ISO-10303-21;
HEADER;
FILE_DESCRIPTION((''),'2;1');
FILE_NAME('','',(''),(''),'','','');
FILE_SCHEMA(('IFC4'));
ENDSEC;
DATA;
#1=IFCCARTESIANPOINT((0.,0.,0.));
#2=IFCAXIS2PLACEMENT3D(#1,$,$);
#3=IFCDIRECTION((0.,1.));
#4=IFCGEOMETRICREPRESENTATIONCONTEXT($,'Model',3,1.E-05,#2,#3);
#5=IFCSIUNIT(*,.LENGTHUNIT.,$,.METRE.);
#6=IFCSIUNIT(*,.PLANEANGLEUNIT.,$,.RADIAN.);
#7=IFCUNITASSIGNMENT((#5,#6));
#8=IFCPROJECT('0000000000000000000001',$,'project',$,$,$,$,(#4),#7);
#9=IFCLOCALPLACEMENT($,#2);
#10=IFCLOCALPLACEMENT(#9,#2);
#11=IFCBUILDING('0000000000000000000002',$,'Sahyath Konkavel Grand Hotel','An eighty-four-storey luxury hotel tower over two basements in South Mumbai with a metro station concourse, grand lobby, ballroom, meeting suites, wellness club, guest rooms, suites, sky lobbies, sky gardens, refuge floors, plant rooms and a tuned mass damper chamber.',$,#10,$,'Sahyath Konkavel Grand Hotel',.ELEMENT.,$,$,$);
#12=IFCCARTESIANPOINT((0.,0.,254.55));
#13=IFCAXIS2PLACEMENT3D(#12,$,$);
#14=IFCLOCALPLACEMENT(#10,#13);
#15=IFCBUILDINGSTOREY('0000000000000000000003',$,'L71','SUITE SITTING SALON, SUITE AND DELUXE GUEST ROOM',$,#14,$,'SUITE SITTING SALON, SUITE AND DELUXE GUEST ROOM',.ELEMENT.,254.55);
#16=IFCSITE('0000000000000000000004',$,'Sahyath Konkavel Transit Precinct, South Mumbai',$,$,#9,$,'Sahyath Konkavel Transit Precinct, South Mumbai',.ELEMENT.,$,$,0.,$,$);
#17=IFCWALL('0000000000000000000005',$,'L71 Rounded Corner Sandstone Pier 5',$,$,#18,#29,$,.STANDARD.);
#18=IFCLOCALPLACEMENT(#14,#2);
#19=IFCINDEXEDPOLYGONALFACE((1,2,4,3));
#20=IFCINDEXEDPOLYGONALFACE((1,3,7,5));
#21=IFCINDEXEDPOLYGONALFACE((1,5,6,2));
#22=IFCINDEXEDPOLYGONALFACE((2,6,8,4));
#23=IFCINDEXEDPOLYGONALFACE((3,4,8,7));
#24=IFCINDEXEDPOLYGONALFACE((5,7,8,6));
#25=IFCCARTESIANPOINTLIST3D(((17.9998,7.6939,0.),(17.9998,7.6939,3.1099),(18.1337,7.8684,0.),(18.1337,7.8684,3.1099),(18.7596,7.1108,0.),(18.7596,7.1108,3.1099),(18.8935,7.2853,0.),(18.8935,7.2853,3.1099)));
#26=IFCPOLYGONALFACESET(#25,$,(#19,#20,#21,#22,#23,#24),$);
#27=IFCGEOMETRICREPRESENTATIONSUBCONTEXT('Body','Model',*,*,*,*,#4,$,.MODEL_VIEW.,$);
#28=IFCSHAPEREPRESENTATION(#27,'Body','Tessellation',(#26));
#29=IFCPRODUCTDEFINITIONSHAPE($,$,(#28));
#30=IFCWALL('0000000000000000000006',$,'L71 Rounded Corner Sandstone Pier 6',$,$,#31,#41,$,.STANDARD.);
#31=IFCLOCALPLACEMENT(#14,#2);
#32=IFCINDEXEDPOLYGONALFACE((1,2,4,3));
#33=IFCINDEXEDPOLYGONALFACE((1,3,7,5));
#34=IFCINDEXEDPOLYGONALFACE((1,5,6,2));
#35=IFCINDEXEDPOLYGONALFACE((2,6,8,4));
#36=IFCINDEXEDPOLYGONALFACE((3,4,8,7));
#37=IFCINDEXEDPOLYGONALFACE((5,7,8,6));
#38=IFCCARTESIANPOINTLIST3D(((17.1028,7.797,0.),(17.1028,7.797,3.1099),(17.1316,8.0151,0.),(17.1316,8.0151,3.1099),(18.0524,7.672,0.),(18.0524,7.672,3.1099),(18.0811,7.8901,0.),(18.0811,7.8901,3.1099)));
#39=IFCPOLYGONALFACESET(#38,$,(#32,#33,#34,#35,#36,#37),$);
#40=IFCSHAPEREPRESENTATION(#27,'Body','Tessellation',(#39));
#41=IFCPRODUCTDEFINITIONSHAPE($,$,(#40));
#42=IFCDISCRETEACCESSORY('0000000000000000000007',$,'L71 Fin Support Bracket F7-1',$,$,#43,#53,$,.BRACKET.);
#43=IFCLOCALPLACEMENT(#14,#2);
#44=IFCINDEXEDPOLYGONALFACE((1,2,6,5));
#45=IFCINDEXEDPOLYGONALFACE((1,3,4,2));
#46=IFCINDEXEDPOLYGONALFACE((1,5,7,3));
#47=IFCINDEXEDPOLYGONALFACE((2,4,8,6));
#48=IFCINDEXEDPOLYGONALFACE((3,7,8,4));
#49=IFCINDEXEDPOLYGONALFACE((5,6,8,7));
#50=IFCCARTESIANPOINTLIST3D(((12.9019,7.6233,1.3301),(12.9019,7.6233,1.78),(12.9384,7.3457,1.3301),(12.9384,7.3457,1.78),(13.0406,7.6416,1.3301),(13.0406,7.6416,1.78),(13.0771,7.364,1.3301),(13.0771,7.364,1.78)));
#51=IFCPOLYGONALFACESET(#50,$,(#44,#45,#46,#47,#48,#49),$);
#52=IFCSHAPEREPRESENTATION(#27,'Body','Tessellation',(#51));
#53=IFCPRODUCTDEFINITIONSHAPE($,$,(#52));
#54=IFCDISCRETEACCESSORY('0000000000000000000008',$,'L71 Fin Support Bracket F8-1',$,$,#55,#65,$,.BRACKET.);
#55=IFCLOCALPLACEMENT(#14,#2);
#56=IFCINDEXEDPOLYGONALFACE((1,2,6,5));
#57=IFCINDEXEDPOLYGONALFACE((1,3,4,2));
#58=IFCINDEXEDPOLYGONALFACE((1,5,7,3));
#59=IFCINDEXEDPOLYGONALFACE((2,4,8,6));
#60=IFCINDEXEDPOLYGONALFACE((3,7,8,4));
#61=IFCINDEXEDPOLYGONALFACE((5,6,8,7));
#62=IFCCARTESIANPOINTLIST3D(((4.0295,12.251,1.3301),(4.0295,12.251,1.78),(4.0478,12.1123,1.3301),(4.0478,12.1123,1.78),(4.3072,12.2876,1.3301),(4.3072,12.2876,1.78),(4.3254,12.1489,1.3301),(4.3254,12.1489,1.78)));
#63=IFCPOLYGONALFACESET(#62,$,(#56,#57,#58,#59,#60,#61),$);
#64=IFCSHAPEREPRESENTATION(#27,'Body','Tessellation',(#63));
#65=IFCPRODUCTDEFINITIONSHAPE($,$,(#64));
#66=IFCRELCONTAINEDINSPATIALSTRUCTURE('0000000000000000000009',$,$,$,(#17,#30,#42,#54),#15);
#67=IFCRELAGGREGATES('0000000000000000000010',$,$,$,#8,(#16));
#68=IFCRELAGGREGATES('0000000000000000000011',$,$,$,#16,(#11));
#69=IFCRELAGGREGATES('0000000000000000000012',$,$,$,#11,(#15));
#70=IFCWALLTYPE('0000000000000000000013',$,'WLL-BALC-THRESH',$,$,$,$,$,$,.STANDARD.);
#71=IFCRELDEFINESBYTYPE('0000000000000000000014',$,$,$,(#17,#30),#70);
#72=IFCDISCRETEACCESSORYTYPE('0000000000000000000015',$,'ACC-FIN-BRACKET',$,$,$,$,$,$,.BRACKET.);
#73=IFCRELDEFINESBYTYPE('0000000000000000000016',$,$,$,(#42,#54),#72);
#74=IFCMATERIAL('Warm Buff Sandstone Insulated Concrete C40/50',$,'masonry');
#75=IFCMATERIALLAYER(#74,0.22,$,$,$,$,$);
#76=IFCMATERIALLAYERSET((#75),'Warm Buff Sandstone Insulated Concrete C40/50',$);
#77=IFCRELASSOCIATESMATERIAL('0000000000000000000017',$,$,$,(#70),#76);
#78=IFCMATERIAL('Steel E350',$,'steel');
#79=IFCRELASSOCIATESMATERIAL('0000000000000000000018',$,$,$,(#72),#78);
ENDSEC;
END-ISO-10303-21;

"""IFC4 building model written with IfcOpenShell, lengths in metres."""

from ifc_helpers import new_model, si_unit, direction, frame, frame_2d, origin, origin_2d, place, context, subcontext, project, spatial, rectangle, extrude, source, transform, mapped, material, layer, layer_set, type_object, element, save


model = new_model("IFC4")

# Units and contexts
model_context = context("Model", 3, precision=1e-05, world=origin(), true_north=direction((0.0, 1.0)))
body_context = subcontext(model_context, "Body", "Model", "MODEL_VIEW")
ifc_project = project(units=[si_unit("LENGTHUNIT", "METRE"), si_unit("PLANEANGLEUNIT", "RADIAN")], contexts=[model_context])

# Site, building, storey
site_placement = place(None, origin())
site = spatial("IfcSite", under=ifc_project, at=site_placement, Name="Sahyath Konkavel Transit Precinct, South Mumbai", LongName="Sahyath Konkavel Transit Precinct, South Mumbai", CompositionType="ELEMENT", RefElevation=0.0)
building_placement = place(site_placement, origin())
building = spatial("IfcBuilding", under=site, at=building_placement, Name="Sahyath Konkavel Grand Hotel", Description="An eighty-four-storey luxury hotel tower over two basements in South Mumbai with a metro station concourse, grand lobby, ballroom, meeting suites, wellness club, guest rooms, suites, sky lobbies, sky gardens, refuge floors, plant rooms and a tuned mass damper chamber.", LongName="Sahyath Konkavel Grand Hotel", CompositionType="ELEMENT")
storey_placement = place(building_placement, frame((0.0, 0.0, 254.55)))
storey = spatial("IfcBuildingStorey", under=building, at=storey_placement, Name="L71", Description="SUITE SITTING SALON, SUITE AND DELUXE GUEST ROOM", LongName="SUITE SITTING SALON, SUITE AND DELUXE GUEST ROOM", CompositionType="ELEMENT", Elevation=254.55)

# Shared definitions
ifc_material_1 = material(Name="Steel E350", Category="steel")

# Walls
ifc_material_2 = material(Name="Warm Buff Sandstone Insulated Concrete C40/50", Category="masonry")
ifc_layer_1 = layer(ifc_material_2, 0.22)
ifc_layer_set_1 = layer_set([ifc_layer_1], Name="Warm Buff Sandstone Insulated Concrete C40/50")
wall_type = type_object("IfcWallType", Name="WLL-BALC-THRESH", PredefinedType="STANDARD", material=ifc_layer_set_1)
for number, where, z_axis, x_axis, name in (
    (1, (18.8267, 7.198, 0.0), (0.0, 0.0, 1.0), (-0.793344, 0.608774, 0.0), "L71 Rounded Corner Sandstone Pier 5"),
    (2, (18.0669, 7.781, 0.0), (0.0, 0.0, 1.0), (-0.991445, 0.130527, 0.0), "L71 Rounded Corner Sandstone Pier 6"),
):
    element("IfcWall", number, at=place(storey_placement, frame(where, z_axis=z_axis, x_axis=x_axis)), inside=storey, type_object=wall_type, Name=name, PredefinedType="STANDARD", context=body_context, shape_type="SweptSolid", body=[
        extrude(rectangle(XDim=0.9578, YDim=0.22, at=frame_2d((0.479, 0.0))), origin(), (0.0, 0.0, 1.0), 3.1099),
    ])

# Discrete accessories
discrete_accessory_type = type_object("IfcDiscreteAccessoryType", Name="ACC-FIN-BRACKET", PredefinedType="BRACKET", material=ifc_material_1)
shared_shape_1 = source(origin(), body_context, "Body", "SweptSolid", [
    extrude(rectangle(XDim=0.28, YDim=0.1399, at=origin_2d()), origin(), (0.0, 0.0, 1.0), 0.45),
])
for number, where, z_axis, x_axis, name in (
    (3, (12.9895, 7.4937, 1.3301), (0.0, 0.0, 1.0), (-0.130526, 0.991445, 0.0), "L71 Fin Support Bracket F7-1"),
    (4, (4.1775, 12.2, 1.3301), (0.0, 0.0, 1.0), (0.991445, 0.130526, 0.0), "L71 Fin Support Bracket F8-1"),
):
    element("IfcDiscreteAccessory", number, at=place(storey_placement, frame(where, z_axis=z_axis, x_axis=x_axis)), inside=storey, type_object=discrete_accessory_type, Name=name, PredefinedType="BRACKET", context=body_context, shape_type="MappedRepresentation", body=[
        mapped(shared_shape_1, transform((0.0, 0.0, 0.0), scale=1.0)),
    ])

save(model, "model.ifc")
